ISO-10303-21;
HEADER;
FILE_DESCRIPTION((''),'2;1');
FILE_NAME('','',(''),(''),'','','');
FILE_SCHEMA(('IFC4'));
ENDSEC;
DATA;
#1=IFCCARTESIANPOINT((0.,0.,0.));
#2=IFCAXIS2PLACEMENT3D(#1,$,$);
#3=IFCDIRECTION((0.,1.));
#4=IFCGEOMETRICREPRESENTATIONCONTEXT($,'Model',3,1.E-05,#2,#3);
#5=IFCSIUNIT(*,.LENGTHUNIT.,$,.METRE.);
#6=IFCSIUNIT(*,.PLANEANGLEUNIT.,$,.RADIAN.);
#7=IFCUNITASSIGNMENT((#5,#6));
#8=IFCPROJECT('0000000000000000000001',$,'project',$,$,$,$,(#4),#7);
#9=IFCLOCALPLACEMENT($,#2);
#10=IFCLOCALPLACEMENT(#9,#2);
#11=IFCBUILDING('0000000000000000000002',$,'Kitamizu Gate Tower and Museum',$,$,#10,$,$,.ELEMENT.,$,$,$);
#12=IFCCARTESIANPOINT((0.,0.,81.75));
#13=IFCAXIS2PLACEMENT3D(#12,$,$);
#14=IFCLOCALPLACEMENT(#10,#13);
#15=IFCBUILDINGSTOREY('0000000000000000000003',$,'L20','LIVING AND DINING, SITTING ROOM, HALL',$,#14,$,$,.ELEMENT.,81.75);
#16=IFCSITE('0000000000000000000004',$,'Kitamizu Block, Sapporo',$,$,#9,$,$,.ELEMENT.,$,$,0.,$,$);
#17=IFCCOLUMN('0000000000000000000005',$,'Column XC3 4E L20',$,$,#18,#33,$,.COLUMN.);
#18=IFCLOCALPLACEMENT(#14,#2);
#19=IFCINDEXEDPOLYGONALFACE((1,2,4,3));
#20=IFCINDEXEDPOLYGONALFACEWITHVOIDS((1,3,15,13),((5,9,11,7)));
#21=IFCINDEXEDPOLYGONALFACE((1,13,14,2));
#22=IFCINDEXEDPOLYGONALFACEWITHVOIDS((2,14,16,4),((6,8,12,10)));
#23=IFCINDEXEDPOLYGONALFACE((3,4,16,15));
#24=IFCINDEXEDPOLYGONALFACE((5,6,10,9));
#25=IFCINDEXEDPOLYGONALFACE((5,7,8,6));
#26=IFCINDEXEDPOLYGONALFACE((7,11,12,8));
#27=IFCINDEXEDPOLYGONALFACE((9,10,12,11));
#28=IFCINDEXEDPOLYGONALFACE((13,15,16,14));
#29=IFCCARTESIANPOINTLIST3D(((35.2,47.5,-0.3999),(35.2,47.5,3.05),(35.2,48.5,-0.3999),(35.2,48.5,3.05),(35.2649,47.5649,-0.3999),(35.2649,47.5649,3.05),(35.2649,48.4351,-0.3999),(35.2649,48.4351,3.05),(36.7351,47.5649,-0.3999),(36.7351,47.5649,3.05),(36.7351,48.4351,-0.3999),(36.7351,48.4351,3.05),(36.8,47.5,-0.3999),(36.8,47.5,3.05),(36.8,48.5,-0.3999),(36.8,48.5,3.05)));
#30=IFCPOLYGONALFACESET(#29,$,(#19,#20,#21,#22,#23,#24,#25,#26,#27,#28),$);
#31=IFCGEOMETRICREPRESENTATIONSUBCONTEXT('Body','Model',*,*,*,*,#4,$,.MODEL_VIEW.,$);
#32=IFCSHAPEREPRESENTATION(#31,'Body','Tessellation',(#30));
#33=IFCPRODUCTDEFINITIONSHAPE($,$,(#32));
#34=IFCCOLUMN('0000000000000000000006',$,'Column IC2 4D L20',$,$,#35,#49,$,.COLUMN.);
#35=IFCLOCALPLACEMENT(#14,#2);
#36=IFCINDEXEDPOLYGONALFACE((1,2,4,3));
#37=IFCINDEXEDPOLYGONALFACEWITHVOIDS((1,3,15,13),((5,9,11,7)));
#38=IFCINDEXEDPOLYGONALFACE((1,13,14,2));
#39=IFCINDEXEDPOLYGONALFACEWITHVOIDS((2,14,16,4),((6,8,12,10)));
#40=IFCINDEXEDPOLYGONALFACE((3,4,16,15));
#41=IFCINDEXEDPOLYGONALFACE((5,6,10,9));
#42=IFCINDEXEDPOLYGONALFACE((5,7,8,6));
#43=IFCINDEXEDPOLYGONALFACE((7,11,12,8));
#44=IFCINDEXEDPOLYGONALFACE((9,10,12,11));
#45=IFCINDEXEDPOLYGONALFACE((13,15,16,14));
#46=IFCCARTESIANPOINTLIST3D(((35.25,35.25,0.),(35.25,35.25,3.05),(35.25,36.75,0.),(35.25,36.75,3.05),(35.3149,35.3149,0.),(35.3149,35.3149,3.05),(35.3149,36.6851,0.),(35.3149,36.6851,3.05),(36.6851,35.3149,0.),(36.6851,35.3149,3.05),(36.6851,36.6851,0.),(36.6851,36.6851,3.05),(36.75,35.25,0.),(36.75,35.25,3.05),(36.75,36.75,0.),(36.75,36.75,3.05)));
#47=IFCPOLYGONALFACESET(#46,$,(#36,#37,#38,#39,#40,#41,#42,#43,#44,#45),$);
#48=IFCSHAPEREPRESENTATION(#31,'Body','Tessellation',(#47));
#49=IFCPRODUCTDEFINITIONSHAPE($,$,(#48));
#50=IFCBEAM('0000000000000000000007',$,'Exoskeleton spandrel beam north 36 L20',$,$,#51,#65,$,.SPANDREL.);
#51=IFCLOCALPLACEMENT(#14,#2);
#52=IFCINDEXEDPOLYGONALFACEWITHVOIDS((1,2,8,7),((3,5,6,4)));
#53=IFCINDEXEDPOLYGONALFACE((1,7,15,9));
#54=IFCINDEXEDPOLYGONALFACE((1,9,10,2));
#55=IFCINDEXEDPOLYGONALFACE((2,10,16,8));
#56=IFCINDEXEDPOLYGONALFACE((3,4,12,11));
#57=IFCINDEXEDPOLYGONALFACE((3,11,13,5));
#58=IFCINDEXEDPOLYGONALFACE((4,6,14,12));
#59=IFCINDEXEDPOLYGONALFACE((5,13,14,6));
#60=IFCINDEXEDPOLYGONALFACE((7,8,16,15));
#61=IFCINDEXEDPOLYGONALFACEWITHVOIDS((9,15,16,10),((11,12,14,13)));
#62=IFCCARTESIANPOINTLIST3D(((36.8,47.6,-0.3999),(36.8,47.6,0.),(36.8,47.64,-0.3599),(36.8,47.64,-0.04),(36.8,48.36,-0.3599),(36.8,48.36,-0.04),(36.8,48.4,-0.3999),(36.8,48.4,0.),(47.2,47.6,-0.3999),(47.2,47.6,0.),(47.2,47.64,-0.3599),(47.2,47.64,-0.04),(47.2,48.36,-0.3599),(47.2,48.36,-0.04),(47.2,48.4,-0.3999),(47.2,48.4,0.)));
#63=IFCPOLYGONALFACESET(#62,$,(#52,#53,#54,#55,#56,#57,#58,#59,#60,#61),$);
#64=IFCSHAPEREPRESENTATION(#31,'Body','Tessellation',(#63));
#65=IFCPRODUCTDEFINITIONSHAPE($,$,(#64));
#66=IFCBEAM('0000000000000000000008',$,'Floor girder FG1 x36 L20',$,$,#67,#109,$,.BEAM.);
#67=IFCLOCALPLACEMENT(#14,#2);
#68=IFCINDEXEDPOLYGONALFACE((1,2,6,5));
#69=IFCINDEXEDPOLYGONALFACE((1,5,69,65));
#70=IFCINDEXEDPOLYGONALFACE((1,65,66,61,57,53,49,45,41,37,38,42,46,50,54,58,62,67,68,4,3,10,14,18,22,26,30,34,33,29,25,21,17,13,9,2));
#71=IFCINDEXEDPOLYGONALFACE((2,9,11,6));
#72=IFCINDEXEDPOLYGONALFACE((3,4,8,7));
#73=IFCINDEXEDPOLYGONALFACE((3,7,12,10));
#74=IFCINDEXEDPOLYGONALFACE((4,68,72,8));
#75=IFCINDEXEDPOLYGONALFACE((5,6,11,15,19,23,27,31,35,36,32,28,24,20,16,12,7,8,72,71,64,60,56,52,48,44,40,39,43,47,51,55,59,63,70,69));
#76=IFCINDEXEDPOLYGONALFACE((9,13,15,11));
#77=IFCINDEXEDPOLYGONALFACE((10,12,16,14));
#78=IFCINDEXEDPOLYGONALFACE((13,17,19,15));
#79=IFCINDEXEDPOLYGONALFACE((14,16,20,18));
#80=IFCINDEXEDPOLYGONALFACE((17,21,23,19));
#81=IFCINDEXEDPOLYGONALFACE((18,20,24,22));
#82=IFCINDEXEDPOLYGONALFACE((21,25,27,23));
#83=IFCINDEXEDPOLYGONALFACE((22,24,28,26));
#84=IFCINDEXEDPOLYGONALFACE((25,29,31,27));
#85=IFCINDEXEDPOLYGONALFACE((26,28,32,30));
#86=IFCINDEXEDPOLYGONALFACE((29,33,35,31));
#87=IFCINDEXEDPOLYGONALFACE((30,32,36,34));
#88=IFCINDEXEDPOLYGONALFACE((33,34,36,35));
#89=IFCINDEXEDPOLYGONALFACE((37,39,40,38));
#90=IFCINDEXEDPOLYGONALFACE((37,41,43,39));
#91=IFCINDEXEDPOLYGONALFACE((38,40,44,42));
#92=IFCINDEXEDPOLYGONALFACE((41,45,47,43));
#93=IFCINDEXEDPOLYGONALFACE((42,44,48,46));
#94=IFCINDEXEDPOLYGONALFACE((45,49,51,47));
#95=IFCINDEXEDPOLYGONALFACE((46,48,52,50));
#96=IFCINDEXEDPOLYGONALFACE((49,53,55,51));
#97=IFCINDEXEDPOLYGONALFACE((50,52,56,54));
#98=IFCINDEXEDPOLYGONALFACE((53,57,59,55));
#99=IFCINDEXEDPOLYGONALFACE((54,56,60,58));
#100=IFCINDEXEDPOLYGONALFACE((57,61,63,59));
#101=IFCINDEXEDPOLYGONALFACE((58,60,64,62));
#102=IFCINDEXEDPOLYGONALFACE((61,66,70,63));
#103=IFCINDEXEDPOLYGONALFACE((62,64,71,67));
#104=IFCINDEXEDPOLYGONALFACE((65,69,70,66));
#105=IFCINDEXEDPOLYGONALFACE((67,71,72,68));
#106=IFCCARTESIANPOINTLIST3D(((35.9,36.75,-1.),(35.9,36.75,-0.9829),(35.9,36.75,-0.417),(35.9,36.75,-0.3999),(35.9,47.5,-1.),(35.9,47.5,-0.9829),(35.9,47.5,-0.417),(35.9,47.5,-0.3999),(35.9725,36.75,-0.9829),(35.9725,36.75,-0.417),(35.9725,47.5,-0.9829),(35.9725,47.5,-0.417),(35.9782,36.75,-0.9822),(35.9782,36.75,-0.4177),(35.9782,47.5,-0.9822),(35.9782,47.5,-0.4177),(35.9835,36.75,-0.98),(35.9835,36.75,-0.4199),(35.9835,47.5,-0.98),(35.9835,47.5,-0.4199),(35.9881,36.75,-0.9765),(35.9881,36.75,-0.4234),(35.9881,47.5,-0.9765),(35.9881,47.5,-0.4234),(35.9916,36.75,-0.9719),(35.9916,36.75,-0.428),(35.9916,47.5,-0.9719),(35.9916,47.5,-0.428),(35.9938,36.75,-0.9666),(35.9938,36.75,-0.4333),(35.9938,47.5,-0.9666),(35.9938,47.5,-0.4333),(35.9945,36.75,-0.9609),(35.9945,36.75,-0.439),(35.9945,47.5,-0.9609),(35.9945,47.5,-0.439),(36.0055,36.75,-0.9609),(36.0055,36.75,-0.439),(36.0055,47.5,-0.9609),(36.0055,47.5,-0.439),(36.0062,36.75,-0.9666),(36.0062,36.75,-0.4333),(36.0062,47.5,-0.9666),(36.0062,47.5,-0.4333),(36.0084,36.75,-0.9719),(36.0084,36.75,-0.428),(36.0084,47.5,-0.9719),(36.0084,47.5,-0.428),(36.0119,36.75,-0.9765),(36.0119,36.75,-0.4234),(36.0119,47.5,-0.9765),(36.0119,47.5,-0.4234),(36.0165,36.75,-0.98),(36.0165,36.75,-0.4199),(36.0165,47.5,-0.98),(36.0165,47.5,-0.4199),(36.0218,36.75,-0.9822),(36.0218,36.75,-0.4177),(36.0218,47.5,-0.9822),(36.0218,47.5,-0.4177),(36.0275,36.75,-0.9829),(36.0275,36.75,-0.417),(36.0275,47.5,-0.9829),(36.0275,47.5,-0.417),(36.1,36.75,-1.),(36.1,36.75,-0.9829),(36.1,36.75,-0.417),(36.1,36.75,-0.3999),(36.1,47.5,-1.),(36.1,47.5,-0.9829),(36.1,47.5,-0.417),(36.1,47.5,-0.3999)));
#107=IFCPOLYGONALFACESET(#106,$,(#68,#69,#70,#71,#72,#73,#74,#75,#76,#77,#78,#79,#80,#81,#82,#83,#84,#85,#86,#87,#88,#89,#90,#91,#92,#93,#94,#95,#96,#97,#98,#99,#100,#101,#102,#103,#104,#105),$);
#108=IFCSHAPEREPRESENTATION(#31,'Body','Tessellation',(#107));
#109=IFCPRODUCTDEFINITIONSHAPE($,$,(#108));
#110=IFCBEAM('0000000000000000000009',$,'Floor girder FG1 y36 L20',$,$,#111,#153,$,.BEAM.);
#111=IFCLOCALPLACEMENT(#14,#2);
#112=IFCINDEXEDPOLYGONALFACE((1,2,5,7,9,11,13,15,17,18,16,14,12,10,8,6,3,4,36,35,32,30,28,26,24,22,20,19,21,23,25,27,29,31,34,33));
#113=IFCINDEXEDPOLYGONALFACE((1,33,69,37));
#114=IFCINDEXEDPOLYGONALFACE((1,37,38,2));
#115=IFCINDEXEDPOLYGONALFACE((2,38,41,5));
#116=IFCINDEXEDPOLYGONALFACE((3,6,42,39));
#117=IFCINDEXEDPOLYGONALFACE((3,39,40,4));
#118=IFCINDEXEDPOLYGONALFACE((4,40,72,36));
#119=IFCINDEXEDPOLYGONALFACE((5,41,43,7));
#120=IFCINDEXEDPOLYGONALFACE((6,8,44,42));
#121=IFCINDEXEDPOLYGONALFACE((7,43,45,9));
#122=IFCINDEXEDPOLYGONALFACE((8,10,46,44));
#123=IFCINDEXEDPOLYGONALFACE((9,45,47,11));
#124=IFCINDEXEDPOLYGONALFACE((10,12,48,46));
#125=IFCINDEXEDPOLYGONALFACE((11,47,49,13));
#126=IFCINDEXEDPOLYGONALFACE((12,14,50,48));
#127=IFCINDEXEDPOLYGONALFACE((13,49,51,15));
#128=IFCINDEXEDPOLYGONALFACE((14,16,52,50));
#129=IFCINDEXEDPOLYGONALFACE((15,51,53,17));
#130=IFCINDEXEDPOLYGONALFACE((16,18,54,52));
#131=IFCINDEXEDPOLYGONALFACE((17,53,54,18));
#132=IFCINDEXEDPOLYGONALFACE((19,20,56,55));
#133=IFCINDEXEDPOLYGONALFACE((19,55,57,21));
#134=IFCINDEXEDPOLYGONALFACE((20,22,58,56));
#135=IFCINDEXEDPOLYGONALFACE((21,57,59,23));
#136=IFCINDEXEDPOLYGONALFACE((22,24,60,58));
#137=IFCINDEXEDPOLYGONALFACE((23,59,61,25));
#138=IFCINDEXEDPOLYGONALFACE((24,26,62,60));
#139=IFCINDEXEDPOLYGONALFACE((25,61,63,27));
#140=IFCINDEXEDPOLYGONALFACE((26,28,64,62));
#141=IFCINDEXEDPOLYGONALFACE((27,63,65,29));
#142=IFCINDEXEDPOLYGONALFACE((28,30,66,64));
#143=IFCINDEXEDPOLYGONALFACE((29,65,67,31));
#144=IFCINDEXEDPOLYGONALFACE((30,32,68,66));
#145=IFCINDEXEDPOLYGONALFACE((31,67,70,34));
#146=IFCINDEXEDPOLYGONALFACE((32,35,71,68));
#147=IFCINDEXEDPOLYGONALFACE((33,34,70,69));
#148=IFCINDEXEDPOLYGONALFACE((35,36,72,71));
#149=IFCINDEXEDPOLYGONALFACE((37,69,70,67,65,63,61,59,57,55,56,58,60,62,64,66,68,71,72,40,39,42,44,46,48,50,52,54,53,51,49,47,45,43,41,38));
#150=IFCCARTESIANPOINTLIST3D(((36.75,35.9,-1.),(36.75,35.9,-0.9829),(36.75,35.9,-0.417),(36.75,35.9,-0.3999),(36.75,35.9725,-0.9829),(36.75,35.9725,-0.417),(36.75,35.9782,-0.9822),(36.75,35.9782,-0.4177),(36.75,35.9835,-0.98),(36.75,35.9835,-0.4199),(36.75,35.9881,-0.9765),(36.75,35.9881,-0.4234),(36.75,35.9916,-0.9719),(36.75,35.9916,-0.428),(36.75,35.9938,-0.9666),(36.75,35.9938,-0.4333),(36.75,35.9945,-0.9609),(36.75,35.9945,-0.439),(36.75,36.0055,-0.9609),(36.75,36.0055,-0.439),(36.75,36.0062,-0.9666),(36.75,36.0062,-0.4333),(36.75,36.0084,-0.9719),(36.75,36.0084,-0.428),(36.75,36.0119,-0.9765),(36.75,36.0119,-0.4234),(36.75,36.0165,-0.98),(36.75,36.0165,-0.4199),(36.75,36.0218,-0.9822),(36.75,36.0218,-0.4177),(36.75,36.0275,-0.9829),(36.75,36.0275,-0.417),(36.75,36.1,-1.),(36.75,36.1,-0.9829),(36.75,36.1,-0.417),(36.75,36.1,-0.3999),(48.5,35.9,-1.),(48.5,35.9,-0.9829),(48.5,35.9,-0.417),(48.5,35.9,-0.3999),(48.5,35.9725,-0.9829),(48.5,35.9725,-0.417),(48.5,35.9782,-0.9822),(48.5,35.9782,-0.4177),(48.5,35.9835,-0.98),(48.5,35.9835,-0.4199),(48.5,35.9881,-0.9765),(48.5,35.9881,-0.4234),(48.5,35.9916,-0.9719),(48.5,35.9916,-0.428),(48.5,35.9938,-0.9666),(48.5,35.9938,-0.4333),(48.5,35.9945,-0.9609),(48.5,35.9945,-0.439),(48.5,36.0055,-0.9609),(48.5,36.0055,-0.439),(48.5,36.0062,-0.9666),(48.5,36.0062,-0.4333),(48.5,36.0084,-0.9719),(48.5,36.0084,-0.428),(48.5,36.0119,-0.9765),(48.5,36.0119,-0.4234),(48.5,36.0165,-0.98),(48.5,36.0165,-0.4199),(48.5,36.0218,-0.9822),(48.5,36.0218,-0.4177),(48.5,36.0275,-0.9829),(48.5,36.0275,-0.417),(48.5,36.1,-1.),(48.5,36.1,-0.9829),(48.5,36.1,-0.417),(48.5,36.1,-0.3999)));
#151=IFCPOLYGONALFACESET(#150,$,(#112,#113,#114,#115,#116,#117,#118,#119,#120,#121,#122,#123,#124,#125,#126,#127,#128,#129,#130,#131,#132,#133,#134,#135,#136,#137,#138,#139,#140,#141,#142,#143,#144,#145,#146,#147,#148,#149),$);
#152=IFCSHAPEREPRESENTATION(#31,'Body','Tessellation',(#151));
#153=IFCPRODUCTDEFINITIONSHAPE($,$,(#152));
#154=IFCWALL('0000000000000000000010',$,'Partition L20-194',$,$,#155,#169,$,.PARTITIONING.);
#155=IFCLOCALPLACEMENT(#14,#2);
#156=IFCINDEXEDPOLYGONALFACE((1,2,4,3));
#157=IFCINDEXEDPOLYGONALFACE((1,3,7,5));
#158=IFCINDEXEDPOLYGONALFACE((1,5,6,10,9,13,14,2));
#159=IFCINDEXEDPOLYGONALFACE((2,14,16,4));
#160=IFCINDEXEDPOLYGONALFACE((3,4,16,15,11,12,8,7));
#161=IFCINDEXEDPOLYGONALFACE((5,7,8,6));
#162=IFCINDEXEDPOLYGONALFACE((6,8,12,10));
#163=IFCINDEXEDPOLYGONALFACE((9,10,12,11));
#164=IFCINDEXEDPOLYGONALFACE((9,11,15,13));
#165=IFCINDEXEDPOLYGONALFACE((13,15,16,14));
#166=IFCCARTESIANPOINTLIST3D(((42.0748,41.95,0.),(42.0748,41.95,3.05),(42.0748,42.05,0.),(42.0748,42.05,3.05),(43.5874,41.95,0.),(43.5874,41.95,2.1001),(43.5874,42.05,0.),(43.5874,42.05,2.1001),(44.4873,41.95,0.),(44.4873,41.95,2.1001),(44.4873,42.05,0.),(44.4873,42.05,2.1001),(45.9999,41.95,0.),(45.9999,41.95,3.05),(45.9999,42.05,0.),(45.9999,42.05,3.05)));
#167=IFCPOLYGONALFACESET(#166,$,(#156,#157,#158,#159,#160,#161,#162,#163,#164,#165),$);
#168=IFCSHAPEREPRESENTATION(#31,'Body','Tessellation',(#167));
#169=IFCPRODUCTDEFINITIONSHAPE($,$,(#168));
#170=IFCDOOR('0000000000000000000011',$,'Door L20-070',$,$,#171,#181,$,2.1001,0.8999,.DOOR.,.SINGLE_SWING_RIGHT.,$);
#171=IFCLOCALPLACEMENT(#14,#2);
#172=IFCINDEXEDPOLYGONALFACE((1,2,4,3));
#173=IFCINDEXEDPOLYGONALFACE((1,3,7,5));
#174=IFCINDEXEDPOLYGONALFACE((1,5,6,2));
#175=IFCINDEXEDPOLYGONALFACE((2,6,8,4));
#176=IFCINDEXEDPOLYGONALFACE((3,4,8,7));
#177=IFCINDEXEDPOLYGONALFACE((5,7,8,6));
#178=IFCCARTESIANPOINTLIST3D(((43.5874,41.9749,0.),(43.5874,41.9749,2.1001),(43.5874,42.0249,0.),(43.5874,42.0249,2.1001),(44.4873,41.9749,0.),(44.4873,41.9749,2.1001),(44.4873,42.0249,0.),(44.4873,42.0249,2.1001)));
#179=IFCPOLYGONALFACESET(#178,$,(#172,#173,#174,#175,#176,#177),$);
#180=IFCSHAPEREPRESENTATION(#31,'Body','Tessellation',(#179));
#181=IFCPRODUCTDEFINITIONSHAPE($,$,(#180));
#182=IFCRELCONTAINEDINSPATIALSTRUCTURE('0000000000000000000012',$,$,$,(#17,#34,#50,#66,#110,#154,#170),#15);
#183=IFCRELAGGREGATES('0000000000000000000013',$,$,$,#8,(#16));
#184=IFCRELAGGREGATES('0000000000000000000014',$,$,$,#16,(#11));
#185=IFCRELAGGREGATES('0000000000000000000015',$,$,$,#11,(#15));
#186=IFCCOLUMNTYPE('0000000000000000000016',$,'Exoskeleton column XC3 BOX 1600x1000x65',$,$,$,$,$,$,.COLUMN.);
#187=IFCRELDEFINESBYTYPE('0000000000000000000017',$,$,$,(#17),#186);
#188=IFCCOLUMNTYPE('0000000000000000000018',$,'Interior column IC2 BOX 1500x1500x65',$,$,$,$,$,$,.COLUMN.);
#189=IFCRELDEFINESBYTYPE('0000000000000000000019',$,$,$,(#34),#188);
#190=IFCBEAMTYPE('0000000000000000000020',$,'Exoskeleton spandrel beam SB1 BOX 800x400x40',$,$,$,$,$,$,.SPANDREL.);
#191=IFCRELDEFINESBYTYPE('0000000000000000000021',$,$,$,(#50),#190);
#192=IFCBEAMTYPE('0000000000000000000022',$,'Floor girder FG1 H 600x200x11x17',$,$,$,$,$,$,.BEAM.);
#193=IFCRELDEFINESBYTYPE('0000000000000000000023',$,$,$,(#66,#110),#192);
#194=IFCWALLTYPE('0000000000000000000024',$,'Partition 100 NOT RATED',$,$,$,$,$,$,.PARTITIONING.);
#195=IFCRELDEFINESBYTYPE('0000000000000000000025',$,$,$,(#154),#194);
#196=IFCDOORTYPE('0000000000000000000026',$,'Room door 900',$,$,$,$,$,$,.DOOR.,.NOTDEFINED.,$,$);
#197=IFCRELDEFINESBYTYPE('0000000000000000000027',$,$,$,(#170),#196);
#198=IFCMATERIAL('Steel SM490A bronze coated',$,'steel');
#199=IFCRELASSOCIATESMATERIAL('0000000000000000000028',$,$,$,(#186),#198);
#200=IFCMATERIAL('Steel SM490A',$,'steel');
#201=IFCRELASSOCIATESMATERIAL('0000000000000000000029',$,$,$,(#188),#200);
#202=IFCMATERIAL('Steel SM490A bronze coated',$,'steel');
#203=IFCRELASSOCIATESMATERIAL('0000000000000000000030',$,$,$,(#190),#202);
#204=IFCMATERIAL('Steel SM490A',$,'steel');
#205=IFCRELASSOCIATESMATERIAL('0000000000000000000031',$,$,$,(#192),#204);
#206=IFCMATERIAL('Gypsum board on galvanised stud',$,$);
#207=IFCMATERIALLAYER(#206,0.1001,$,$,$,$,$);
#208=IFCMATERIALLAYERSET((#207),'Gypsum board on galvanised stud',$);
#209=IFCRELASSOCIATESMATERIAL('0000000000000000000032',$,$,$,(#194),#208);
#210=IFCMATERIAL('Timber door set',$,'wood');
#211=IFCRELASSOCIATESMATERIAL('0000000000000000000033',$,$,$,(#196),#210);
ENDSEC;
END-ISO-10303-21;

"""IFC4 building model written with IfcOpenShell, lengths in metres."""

from ifc_helpers import new_model, si_unit, direction, frame, frame_2d, origin, origin_2d, place, context, subcontext, project, spatial, rectangle, hollow_rectangle, i_section, extrude, material, layer, layer_set, material_profile, profile_set, type_object, element, fill, save


model = new_model("IFC4")

# Units and contexts
model_context = context("Model", 3, precision=1e-05, world=origin(), true_north=direction((0.0, 1.0)))
body_context = subcontext(model_context, "Body", "Model", "MODEL_VIEW")
ifc_project = project(units=[si_unit("LENGTHUNIT", "METRE"), si_unit("PLANEANGLEUNIT", "RADIAN")], contexts=[model_context])

# Site, building, storey
site_placement = place(None, origin())
site = spatial("IfcSite", under=ifc_project, at=site_placement, Name="Kitamizu Block, Sapporo", CompositionType="ELEMENT", RefElevation=0.0)
building_placement = place(site_placement, origin())
building = spatial("IfcBuilding", under=site, at=building_placement, Name="Kitamizu Gate Tower and Museum", CompositionType="ELEMENT")
storey_placement = place(building_placement, frame((0.0, 0.0, 81.75)))
storey = spatial("IfcBuildingStorey", under=building, at=storey_placement, Name="L20", Description="LIVING AND DINING, SITTING ROOM, HALL", CompositionType="ELEMENT", Elevation=81.75)

# Columns
ifc_material_1 = material(Name="Steel SM490A bronze coated", Category="steel")
ifc_material_profile_1 = material_profile(ifc_material_1, hollow_rectangle(XDim=1.6001, YDim=1.0, WallThickness=0.0649, at=origin_2d()), Name="BOX 1600x1000x65")
ifc_profile_set_1 = profile_set([ifc_material_profile_1], Name="Steel SM490A bronze coated")
column_type_1 = type_object("IfcColumnType", Name="Exoskeleton column XC3 BOX 1600x1000x65", PredefinedType="COLUMN", material=ifc_profile_set_1)
column_1_placement = place(storey_placement, frame((36.0, 48.0, -0.3999), z_axis=(0.0, 0.0, 1.0), x_axis=(1.0, 0.0, 0.0)))
element("IfcColumn", 1, at=column_1_placement, inside=storey, type_object=column_type_1, Name="Column XC3 4E L20", PredefinedType="COLUMN", context=body_context, shape_type="SweptSolid", body=[
    extrude(hollow_rectangle(XDim=1.6001, YDim=1.0, WallThickness=0.0649, at=origin_2d()), origin(), (0.0, 0.0, 1.0), 3.45),
])
ifc_material_2 = material(Name="Steel SM490A", Category="steel")
ifc_material_profile_2 = material_profile(ifc_material_2, hollow_rectangle(XDim=1.5, YDim=1.5, WallThickness=0.0649, at=origin_2d()), Name="BOX 1500x1500x65")
ifc_profile_set_2 = profile_set([ifc_material_profile_2], Name="Steel SM490A")
column_type_2 = type_object("IfcColumnType", Name="Interior column IC2 BOX 1500x1500x65", PredefinedType="COLUMN", material=ifc_profile_set_2)
column_2_placement = place(storey_placement, frame((36.0, 36.0, 0.0), z_axis=(0.0, 0.0, 1.0), x_axis=(1.0, 0.0, 0.0)))
element("IfcColumn", 2, at=column_2_placement, inside=storey, type_object=column_type_2, Name="Column IC2 4D L20", PredefinedType="COLUMN", context=body_context, shape_type="SweptSolid", body=[
    extrude(hollow_rectangle(XDim=1.5, YDim=1.5, WallThickness=0.0649, at=origin_2d()), origin(), (0.0, 0.0, 1.0), 3.05),
])

# Beams
ifc_material_3 = material(Name="Steel SM490A bronze coated", Category="steel")
ifc_material_profile_3 = material_profile(ifc_material_3, hollow_rectangle(XDim=0.8, YDim=0.3999, WallThickness=0.04, at=origin_2d()), Name="BOX 800x400x40")
ifc_profile_set_3 = profile_set([ifc_material_profile_3], Name="Steel SM490A bronze coated")
beam_type_1 = type_object("IfcBeamType", Name="Exoskeleton spandrel beam SB1 BOX 800x400x40", PredefinedType="SPANDREL", material=ifc_profile_set_3)
beam_1_placement = place(storey_placement, frame((36.8, 48.0, -0.2), z_axis=(1.0, 0.0, 0.0), x_axis=(0.0, 1.0, 0.0)))
element("IfcBeam", 3, at=beam_1_placement, inside=storey, type_object=beam_type_1, Name="Exoskeleton spandrel beam north 36 L20", PredefinedType="SPANDREL", context=body_context, shape_type="SweptSolid", body=[
    extrude(hollow_rectangle(XDim=0.8, YDim=0.3999, WallThickness=0.04, at=origin_2d()), origin(), (0.0, 0.0, 1.0), 10.3999),
])
ifc_material_4 = material(Name="Steel SM490A", Category="steel")
ifc_material_profile_4 = material_profile(ifc_material_4, i_section(OverallWidth=0.2, OverallDepth=0.6001, WebThickness=0.011, FlangeThickness=0.0171, FilletRadius=0.022, at=origin_2d()), Name="H-600x200x11x17")
ifc_profile_set_4 = profile_set([ifc_material_profile_4], Name="Steel SM490A")
beam_type_2 = type_object("IfcBeamType", Name="Floor girder FG1 H 600x200x11x17", PredefinedType="BEAM", material=ifc_profile_set_4)
beam_2_placement = place(storey_placement, frame((36.0, 36.75, -0.7), z_axis=(0.0, 1.0, 0.0), x_axis=(-1.0, 0.0, 0.0)))
element("IfcBeam", 4, at=beam_2_placement, inside=storey, type_object=beam_type_2, Name="Floor girder FG1 x36 L20", PredefinedType="BEAM", context=body_context, shape_type="SweptSolid", body=[
    extrude(i_section(OverallWidth=0.2, OverallDepth=0.6001, WebThickness=0.011, FlangeThickness=0.0171, FilletRadius=0.022, at=origin_2d()), origin(), (0.0, 0.0, 1.0), 10.75),
])
beam_3_placement = place(storey_placement, frame((36.75, 36.0, -0.7), z_axis=(1.0, 0.0, 0.0), x_axis=(0.0, 1.0, 0.0)))
element("IfcBeam", 5, at=beam_3_placement, inside=storey, type_object=beam_type_2, Name="Floor girder FG1 y36 L20", PredefinedType="BEAM", context=body_context, shape_type="SweptSolid", body=[
    extrude(i_section(OverallWidth=0.2, OverallDepth=0.6001, WebThickness=0.011, FlangeThickness=0.0171, FilletRadius=0.022, at=origin_2d()), origin(), (0.0, 0.0, 1.0), 11.75),
])

# Wall, opening, door
ifc_material_5 = material(Name="Gypsum board on galvanised stud")
ifc_layer_1 = layer(ifc_material_5, 0.1001)
ifc_layer_set_1 = layer_set([ifc_layer_1], Name="Gypsum board on galvanised stud")
wall_type_1 = type_object("IfcWallType", Name="Partition 100 NOT RATED", PredefinedType="PARTITIONING", material=ifc_layer_set_1)
wall_1_placement = place(storey_placement, frame((42.075, 42.0, 0.0), z_axis=(0.0, 0.0, 1.0), x_axis=(1.0, 0.0, 0.0)))
wall_1 = element("IfcWall", 6, at=wall_1_placement, inside=storey, type_object=wall_type_1, Name="Partition L20-194", PredefinedType="PARTITIONING", context=body_context, shape_type="SweptSolid", body=[
    extrude(rectangle(XDim=3.925, YDim=0.1001, at=frame_2d((1.9624, 0.0))), origin(), (0.0, 0.0, 1.0), 3.05),
])
opening_1_placement = place(wall_1_placement, frame((1.5125, 0.0, 0.0)))
opening_1 = element("IfcOpeningElement", 7, at=opening_1_placement, cuts=wall_1, PredefinedType="OPENING", context=body_context, shape_type="SweptSolid", body=[
    extrude(rectangle(XDim=0.8999, YDim=2.1001, at=frame_2d((0.45, 1.05))), frame((0.0, 0.0601, 0.0), z_axis=(0.0, -1.0, 0.0), x_axis=(1.0, 0.0, 0.0)), (0.0, 0.0, 1.0), 0.1201),
])
ifc_material_6 = material(Name="Timber door set", Category="wood")
door_type_1 = type_object("IfcDoorType", Name="Room door 900", OperationType="NOTDEFINED", PredefinedType="DOOR", material=ifc_material_6)
door_1_placement = place(opening_1_placement, origin())
door_1 = element("IfcDoor", 8, at=door_1_placement, inside=storey, type_object=door_type_1, Name="Door L20-070", OperationType="SINGLE_SWING_RIGHT", OverallHeight=2.1001, OverallWidth=0.8999, PredefinedType="DOOR", context=body_context, shape_type="SweptSolid", body=[
    extrude(rectangle(XDim=0.8999, YDim=2.1001, at=frame_2d((0.45, 1.05))), frame((0.0, 0.0249, 0.0), z_axis=(0.0, -1.0, 0.0), x_axis=(1.0, 0.0, 0.0)), (0.0, 0.0, 1.0), 0.05),
])
fill(opening_1, door_1)

save(model, "model.ifc")
